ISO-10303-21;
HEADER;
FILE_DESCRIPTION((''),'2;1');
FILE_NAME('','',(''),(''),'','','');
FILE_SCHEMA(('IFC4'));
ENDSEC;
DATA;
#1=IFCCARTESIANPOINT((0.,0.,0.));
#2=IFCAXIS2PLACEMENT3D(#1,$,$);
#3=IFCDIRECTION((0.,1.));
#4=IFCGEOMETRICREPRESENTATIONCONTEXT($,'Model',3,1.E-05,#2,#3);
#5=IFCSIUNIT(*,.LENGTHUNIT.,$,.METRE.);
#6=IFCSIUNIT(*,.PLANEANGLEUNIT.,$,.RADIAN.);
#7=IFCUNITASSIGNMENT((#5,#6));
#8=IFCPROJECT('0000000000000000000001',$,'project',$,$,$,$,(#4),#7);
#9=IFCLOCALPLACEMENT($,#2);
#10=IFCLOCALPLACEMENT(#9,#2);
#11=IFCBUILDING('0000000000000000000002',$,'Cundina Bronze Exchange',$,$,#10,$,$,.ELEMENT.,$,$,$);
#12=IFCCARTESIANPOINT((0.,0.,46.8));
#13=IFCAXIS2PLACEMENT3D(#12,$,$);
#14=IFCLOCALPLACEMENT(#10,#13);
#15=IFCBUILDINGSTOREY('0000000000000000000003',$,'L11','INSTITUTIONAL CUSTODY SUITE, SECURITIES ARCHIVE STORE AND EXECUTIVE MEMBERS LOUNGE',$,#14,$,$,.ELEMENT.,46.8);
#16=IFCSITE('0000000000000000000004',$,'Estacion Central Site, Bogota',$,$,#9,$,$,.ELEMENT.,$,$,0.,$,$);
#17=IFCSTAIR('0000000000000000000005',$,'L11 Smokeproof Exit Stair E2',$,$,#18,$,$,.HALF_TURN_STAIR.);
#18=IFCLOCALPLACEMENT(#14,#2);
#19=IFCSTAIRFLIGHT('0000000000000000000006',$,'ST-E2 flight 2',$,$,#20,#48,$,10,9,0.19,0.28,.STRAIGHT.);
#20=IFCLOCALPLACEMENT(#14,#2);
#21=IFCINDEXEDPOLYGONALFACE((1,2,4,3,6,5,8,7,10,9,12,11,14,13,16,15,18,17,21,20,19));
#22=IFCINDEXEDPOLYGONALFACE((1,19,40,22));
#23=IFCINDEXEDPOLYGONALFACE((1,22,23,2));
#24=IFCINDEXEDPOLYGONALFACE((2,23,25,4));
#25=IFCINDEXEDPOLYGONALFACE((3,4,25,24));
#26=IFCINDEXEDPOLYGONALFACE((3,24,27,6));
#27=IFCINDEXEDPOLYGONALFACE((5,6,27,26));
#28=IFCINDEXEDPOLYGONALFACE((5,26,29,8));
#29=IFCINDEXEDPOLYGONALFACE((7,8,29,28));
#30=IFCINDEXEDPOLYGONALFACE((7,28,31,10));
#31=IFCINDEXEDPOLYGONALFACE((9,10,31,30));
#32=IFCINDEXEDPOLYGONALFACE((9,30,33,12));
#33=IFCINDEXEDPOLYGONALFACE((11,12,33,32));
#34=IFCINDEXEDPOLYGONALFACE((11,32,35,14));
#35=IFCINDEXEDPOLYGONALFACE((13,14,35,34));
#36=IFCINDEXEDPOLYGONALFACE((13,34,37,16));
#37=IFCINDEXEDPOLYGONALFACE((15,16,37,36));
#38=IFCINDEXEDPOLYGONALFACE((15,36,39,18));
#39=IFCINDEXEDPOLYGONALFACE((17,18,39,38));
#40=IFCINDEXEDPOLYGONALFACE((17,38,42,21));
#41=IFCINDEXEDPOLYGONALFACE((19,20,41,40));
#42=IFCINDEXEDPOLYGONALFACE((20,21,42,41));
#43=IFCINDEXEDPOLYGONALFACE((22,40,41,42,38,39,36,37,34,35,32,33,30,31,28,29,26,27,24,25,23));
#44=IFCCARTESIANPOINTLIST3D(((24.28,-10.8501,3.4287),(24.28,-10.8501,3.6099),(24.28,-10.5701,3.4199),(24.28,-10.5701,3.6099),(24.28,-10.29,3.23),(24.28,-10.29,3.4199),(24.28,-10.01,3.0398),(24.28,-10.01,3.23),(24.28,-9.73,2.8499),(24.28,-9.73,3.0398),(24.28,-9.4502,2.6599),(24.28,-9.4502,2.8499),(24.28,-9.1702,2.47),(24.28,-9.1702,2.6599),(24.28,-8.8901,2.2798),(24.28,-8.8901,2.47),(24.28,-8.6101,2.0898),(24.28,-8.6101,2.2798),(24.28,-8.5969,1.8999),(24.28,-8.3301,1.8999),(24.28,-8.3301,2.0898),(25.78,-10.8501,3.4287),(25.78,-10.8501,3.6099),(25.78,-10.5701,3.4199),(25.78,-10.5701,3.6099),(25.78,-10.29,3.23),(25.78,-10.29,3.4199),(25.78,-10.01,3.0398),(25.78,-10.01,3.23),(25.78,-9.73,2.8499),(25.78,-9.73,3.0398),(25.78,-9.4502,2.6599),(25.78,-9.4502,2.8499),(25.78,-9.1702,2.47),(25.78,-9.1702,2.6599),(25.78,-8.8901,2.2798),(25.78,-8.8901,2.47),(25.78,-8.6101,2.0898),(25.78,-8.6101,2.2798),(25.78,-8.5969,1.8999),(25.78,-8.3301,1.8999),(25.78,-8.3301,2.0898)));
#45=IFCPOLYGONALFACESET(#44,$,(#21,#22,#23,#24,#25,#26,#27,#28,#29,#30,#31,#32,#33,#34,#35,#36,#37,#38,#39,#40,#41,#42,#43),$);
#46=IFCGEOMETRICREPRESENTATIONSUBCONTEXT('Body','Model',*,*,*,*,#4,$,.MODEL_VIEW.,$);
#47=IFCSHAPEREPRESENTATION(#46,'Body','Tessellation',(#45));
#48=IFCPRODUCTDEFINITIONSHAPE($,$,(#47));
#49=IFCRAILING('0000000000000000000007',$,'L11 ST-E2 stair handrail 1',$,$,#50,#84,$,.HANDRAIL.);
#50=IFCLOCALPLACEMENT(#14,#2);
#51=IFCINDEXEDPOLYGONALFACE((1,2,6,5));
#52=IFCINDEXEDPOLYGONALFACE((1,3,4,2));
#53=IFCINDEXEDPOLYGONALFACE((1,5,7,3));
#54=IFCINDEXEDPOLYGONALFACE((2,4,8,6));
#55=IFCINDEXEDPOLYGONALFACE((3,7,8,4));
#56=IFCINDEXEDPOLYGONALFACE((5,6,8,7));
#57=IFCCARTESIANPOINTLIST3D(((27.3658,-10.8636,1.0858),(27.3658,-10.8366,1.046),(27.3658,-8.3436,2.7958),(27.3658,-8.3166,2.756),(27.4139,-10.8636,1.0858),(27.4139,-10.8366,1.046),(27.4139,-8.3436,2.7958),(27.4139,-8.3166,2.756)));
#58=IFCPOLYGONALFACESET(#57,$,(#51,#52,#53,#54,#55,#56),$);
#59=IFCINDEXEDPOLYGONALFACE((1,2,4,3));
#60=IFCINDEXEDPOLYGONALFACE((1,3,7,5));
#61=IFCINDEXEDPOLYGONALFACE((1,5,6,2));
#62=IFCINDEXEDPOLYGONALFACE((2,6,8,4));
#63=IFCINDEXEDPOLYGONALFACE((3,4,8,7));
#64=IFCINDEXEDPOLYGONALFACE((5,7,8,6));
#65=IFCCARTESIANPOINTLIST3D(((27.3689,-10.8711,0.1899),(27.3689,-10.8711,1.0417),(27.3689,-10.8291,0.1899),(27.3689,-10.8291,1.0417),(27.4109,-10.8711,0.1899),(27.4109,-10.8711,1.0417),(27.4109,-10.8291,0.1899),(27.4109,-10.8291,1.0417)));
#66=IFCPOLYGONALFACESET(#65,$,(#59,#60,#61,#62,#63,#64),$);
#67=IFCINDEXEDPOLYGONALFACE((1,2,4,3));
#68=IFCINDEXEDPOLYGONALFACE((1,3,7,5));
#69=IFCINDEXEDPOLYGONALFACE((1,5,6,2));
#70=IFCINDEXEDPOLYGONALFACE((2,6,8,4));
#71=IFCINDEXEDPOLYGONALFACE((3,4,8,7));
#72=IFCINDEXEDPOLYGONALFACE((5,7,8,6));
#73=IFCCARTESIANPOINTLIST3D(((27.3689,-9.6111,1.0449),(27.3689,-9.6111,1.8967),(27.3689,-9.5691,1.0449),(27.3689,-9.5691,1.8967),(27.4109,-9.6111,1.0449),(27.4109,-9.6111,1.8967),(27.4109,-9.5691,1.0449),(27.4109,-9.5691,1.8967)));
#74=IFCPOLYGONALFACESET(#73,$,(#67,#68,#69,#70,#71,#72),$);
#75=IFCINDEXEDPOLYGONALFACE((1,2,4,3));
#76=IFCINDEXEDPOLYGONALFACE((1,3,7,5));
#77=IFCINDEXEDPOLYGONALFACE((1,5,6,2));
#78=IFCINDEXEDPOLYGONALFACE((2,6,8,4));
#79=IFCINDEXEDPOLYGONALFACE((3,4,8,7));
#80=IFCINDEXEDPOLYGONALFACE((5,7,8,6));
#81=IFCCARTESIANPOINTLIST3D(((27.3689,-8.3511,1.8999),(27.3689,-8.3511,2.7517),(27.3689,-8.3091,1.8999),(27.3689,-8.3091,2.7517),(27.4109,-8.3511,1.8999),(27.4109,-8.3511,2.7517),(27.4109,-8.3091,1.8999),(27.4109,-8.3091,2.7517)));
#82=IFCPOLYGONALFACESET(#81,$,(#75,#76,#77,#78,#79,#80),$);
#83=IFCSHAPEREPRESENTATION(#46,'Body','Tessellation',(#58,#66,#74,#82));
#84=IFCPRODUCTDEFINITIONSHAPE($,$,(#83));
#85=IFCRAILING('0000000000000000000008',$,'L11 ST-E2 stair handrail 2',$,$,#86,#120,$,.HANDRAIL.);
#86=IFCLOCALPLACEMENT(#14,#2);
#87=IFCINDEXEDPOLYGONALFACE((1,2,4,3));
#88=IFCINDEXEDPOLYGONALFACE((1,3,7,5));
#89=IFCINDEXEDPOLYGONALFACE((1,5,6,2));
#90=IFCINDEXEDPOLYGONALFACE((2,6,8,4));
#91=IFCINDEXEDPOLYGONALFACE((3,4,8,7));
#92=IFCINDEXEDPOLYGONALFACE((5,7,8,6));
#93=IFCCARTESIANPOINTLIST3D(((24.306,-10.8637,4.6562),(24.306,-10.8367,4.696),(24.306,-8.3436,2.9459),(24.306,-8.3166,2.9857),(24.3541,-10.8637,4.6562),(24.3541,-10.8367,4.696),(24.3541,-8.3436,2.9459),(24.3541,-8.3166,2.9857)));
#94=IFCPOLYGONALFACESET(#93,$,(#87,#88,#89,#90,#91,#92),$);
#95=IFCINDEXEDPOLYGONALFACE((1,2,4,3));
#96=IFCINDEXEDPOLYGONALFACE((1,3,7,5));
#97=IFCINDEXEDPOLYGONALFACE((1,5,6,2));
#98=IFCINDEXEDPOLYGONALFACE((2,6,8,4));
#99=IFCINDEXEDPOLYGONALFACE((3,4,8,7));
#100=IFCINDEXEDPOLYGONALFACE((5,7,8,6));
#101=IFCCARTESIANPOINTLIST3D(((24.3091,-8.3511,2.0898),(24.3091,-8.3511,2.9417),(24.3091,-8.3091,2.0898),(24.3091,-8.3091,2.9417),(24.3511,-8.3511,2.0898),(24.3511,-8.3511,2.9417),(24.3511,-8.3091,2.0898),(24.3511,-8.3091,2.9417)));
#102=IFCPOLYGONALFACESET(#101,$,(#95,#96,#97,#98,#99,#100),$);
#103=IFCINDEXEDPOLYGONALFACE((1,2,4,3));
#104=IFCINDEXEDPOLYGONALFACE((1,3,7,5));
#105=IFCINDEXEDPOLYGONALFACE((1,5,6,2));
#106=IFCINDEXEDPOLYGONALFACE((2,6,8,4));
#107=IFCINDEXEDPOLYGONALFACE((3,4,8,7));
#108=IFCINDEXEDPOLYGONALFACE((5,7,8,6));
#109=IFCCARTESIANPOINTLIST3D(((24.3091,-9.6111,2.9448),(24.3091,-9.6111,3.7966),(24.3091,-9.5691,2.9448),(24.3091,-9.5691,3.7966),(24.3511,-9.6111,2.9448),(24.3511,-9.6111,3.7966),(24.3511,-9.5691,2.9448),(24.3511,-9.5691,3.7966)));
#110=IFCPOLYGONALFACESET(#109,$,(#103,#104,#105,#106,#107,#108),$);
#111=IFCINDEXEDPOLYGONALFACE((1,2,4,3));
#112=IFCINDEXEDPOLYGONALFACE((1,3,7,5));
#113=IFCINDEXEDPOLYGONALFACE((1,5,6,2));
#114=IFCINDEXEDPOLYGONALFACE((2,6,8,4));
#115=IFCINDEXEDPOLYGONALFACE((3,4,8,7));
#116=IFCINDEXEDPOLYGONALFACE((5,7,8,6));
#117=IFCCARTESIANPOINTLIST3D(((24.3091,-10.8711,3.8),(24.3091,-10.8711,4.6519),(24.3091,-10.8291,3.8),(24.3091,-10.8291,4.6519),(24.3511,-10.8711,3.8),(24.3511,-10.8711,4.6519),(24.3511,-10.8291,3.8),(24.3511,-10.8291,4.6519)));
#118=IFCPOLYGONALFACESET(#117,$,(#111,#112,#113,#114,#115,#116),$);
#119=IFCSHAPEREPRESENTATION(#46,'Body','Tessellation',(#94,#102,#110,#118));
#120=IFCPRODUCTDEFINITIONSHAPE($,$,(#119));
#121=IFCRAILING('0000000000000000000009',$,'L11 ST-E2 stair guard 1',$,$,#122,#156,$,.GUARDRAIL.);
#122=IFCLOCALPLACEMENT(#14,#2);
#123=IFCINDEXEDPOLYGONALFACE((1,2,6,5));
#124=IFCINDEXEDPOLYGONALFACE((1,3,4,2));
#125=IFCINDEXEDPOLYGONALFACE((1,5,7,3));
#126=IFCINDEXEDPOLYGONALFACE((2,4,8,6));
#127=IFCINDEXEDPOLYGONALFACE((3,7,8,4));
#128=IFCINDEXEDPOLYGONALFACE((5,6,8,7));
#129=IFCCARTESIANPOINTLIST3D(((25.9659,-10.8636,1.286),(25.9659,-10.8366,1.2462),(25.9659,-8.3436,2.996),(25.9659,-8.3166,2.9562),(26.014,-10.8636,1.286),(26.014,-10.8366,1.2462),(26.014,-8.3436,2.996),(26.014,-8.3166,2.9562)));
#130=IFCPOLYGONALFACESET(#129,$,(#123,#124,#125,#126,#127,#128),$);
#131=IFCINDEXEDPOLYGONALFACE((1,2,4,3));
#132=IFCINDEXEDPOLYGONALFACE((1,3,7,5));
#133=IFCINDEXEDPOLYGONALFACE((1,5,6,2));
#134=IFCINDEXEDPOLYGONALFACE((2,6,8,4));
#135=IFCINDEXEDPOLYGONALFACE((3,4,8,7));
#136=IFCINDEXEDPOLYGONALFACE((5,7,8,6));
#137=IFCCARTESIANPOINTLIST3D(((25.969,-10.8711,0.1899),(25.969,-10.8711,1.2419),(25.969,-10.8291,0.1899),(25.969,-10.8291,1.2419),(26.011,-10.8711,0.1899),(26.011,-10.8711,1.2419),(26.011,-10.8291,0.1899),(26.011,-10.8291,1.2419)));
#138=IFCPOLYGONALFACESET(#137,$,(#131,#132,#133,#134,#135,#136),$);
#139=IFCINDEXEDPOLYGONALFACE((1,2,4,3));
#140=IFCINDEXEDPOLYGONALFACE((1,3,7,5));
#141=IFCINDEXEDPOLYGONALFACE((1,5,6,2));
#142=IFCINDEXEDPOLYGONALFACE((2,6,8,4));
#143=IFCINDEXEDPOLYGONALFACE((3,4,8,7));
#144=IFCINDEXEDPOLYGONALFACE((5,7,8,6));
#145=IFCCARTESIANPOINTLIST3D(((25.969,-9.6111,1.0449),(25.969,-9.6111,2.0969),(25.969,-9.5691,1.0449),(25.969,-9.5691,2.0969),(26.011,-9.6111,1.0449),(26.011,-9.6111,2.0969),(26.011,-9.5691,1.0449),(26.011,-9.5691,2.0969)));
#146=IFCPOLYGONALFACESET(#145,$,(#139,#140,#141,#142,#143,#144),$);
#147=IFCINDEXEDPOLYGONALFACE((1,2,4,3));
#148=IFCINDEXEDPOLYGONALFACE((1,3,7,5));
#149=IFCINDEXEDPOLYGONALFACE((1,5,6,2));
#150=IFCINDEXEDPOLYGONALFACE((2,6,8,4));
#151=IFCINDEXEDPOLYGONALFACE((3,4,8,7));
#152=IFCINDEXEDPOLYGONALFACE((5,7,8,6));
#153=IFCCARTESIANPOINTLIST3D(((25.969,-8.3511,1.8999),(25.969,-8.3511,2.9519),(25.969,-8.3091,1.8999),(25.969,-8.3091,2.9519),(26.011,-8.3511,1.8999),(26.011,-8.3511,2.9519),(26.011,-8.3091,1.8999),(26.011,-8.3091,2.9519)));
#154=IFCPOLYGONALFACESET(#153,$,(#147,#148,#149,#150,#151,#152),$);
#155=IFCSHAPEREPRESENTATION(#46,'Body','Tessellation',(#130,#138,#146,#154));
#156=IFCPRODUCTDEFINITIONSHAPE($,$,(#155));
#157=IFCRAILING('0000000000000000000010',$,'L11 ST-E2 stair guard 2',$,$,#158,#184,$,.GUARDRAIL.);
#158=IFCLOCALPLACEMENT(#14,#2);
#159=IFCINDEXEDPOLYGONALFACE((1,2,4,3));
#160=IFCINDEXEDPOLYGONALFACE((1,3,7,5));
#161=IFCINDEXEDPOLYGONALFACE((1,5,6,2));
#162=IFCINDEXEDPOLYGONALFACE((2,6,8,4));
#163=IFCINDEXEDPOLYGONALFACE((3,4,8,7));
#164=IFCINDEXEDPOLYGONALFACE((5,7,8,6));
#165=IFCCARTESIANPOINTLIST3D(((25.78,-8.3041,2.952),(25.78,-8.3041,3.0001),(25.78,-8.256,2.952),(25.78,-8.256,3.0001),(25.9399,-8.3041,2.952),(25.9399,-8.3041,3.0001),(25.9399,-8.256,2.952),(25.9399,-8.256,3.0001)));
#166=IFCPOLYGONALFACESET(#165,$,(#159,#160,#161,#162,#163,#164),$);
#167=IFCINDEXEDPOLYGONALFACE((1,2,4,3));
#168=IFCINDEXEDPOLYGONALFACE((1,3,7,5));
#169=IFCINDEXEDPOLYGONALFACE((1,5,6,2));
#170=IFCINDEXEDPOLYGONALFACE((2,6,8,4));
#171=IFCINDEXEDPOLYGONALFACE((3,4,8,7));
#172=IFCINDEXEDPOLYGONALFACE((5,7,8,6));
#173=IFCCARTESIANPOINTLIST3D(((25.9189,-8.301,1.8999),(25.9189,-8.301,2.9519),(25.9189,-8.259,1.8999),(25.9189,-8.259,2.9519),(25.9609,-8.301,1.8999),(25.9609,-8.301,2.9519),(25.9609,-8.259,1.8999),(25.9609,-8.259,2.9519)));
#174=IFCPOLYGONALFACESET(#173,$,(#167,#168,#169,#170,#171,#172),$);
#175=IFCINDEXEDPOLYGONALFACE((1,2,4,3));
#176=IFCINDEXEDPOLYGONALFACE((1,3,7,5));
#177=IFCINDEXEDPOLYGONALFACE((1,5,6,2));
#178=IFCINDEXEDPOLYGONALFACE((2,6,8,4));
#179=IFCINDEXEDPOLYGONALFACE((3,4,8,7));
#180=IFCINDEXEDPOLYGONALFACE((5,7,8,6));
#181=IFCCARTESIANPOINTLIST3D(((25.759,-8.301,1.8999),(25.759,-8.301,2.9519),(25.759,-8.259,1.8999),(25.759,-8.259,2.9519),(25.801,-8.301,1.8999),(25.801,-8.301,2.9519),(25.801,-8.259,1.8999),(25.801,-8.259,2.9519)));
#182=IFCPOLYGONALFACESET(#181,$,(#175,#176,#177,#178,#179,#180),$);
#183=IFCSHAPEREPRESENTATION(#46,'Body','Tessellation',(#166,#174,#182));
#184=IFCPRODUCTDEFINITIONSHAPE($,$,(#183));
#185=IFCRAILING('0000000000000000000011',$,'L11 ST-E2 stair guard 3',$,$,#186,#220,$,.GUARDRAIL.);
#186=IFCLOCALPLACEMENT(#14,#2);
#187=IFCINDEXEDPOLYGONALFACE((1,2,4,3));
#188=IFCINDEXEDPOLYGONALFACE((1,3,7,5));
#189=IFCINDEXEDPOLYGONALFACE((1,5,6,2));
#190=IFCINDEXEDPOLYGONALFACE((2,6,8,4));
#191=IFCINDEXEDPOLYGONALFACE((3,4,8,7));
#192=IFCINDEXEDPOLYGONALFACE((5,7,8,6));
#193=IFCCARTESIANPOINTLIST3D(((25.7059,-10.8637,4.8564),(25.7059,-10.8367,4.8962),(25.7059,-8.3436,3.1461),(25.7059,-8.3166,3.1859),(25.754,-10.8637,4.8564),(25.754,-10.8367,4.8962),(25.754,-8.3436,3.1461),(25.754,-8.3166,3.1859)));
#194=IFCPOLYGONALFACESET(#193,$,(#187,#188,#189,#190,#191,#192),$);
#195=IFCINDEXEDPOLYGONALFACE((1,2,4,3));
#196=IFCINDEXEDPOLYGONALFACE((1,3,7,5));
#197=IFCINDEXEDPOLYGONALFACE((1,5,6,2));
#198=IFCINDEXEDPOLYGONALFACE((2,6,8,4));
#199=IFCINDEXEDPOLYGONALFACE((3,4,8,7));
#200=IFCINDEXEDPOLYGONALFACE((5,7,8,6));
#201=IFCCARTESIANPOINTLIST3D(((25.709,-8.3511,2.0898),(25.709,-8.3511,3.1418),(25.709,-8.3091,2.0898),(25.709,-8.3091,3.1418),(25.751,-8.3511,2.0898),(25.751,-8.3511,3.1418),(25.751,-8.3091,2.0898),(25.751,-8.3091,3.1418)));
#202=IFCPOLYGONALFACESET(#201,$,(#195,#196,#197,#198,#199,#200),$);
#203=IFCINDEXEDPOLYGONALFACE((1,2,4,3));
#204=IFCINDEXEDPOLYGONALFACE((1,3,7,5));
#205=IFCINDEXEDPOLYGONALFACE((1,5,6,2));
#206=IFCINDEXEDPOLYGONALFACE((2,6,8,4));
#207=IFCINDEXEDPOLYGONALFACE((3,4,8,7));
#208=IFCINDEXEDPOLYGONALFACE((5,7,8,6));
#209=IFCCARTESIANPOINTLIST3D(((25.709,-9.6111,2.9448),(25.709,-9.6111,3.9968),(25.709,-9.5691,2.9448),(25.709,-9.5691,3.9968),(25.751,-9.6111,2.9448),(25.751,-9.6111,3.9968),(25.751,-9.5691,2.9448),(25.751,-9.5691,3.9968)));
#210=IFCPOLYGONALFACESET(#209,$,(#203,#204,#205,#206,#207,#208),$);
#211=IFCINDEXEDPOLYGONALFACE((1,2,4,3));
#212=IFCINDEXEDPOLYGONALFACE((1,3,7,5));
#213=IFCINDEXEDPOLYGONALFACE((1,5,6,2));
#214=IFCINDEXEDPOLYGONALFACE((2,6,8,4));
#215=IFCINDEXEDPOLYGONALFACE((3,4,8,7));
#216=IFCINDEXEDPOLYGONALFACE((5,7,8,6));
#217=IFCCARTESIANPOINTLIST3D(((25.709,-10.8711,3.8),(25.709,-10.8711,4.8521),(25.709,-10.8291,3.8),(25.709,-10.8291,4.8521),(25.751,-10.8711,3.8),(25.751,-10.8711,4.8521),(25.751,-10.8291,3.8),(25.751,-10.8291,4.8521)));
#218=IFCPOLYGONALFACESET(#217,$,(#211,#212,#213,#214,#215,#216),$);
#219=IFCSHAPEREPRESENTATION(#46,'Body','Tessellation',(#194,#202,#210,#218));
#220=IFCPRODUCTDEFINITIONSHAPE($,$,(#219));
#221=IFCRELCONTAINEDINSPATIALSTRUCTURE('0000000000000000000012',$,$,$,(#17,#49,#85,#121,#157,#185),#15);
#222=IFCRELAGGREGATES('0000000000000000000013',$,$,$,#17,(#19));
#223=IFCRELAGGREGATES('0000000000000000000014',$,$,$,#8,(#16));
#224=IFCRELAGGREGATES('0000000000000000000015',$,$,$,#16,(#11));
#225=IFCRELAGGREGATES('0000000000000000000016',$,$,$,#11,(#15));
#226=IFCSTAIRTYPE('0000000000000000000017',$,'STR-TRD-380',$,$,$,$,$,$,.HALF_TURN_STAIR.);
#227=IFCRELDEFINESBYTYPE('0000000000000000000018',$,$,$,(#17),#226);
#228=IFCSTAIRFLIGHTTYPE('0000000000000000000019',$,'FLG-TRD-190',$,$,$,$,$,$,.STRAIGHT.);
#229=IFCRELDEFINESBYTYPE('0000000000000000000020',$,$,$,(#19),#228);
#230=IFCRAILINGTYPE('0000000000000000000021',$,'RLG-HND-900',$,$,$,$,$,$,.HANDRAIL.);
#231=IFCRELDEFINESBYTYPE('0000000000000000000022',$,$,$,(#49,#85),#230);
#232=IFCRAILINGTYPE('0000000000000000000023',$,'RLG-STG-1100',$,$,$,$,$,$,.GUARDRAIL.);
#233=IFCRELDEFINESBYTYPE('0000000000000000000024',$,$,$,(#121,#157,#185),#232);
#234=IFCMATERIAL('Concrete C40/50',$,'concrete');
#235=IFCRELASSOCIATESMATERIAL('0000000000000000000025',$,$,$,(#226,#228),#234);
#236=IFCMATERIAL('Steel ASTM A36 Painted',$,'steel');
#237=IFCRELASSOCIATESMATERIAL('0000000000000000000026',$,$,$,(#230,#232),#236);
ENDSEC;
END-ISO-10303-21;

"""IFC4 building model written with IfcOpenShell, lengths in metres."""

from ifc_helpers import new_model, si_unit, direction, frame, origin, origin_2d, place, context, subcontext, project, spatial, polyline, rectangle, outline, extrude, material, type_object, element, aggregate, save


model = new_model("IFC4")

# Units and contexts
model_context = context("Model", 3, precision=1e-05, world=origin(), true_north=direction((0.0, 1.0)))
body_context = subcontext(model_context, "Body", "Model", "MODEL_VIEW")
ifc_project = project(units=[si_unit("LENGTHUNIT", "METRE"), si_unit("PLANEANGLEUNIT", "RADIAN")], contexts=[model_context])

# Site, building, storey
site_placement = place(None, origin())
site = spatial("IfcSite", under=ifc_project, at=site_placement, Name="Estacion Central Site, Bogota", CompositionType="ELEMENT", RefElevation=0.0)
building_placement = place(site_placement, origin())
building = spatial("IfcBuilding", under=site, at=building_placement, Name="Cundina Bronze Exchange", CompositionType="ELEMENT")
storey_placement = place(building_placement, frame((0.0, 0.0, 46.8)))
storey = spatial("IfcBuildingStorey", under=building, at=storey_placement, Name="L11", Description="INSTITUTIONAL CUSTODY SUITE, SECURITIES ARCHIVE STORE AND EXECUTIVE MEMBERS LOUNGE", CompositionType="ELEMENT", Elevation=46.8)

# Shared definitions
ifc_material_1 = material(Name="Steel ASTM A36 Painted", Category="steel")

# Stair, stair flight
ifc_material_2 = material(Name="Concrete C40/50", Category="concrete")
stair_type = type_object("IfcStairType", Name="STR-TRD-380", PredefinedType="HALF_TURN_STAIR", material=ifc_material_2)
stair_placement = place(storey_placement, origin())
stair = element("IfcStair", 1, at=stair_placement, inside=storey, type_object=stair_type, Name="L11 Smokeproof Exit Stair E2", PredefinedType="HALF_TURN_STAIR")
stair_flight_type = type_object("IfcStairFlightType", Name="FLG-TRD-190", PredefinedType="STRAIGHT", material=ifc_material_2)
stair_flight_1_placement = place(storey_placement, frame((25.03, -8.3301, 1.8999), z_axis=(0.0, 0.0, 1.0), x_axis=(0.0, -1.0, 0.0)))
stair_flight_1 = element("IfcStairFlight", 2, at=stair_flight_1_placement, type_object=stair_flight_type, Name="ST-E2 flight 2", NumberOfRisers=10, NumberOfTreads=9, PredefinedType="STRAIGHT", RiserHeight=0.19, TreadLength=0.28, context=body_context, shape_type="SweptSolid", body=[
    extrude(outline(polyline([(0.0, 0.0), (0.0, 0.1899), (0.28, 0.1899), (0.28, 0.3799), (0.5601, 0.3799), (0.5601, 0.5701), (0.8401, 0.5701), (0.8401, 0.76), (1.1201, 0.76), (1.1201, 0.95), (1.3999, 0.95), (1.3999, 1.1399), (1.6799, 1.1399), (1.6799, 1.3301), (1.96, 1.3301), (1.96, 1.52), (2.24, 1.52), (2.24, 1.71), (2.52, 1.71), (2.52, 1.8999), (2.52, 1.5288), (0.2668, 0.0), (0.0, 0.0)])), frame((0.0, 0.75, 0.0), z_axis=(0.0, -1.0, 0.0), x_axis=(1.0, 0.0, 0.0)), (0.0, 0.0, 1.0), 1.5),
])
aggregate(stair, [stair_flight_1])

# Railings
railing_type_1 = type_object("IfcRailingType", Name="RLG-HND-900", PredefinedType="HANDRAIL", material=ifc_material_1)
railing_1_placement = place(storey_placement, frame((27.3899, -10.8501, 0.1899)))
element("IfcRailing", 3, at=railing_1_placement, inside=storey, type_object=railing_type_1, Name="L11 ST-E2 stair handrail 1", PredefinedType="HANDRAIL", context=body_context, shape_type="SweptSolid", body=[
    extrude(rectangle(XDim=0.0481, YDim=0.0481, at=origin_2d()), frame((0.0, 0.0, 0.876), z_axis=(0.0, 0.827484, 0.56149), x_axis=(-1.0, 0.0, 0.0)), (0.0, 0.0, 1.0), 3.0454),
    extrude(rectangle(XDim=0.042, YDim=0.042, at=origin_2d()), origin(), (0.0, 0.0, 1.0), 0.8518),
    extrude(rectangle(XDim=0.042, YDim=0.042, at=origin_2d()), frame((0.0, 1.26, 0.855)), (0.0, 0.0, 1.0), 0.8518),
    extrude(rectangle(XDim=0.042, YDim=0.042, at=origin_2d()), frame((0.0, 2.52, 1.71)), (0.0, 0.0, 1.0), 0.8518),
])
railing_2_placement = place(storey_placement, frame((24.3301, -8.3301, 2.0898)))
element("IfcRailing", 4, at=railing_2_placement, inside=storey, type_object=railing_type_1, Name="L11 ST-E2 stair handrail 2", PredefinedType="HANDRAIL", context=body_context, shape_type="SweptSolid", body=[
    extrude(rectangle(XDim=0.0481, YDim=0.0481, at=origin_2d()), frame((0.0, 0.0, 0.876), z_axis=(0.0, -0.827447, 0.561545), x_axis=(1.0, 0.0, 0.0)), (0.0, 0.0, 1.0), 3.0457),
    extrude(rectangle(XDim=0.042, YDim=0.042, at=origin_2d()), origin(), (0.0, 0.0, 1.0), 0.8518),
    extrude(rectangle(XDim=0.042, YDim=0.042, at=origin_2d()), frame((0.0, -1.26, 0.855)), (0.0, 0.0, 1.0), 0.8518),
    extrude(rectangle(XDim=0.042, YDim=0.042, at=origin_2d()), frame((0.0, -2.52, 1.7102)), (0.0, 0.0, 1.0), 0.8518),
])
railing_type_2 = type_object("IfcRailingType", Name="RLG-STG-1100", PredefinedType="GUARDRAIL", material=ifc_material_1)
railing_3_placement = place(storey_placement, frame((25.99, -10.8501, 0.1899)))
element("IfcRailing", 5, at=railing_3_placement, inside=storey, type_object=railing_type_2, Name="L11 ST-E2 stair guard 1", PredefinedType="GUARDRAIL", context=body_context, shape_type="SweptSolid", body=[
    extrude(rectangle(XDim=0.0481, YDim=0.0481, at=origin_2d()), frame((0.0, 0.0, 1.0762), z_axis=(0.0, 0.827484, 0.56149), x_axis=(-1.0, 0.0, 0.0)), (0.0, 0.0, 1.0), 3.0454),
    extrude(rectangle(XDim=0.042, YDim=0.042, at=origin_2d()), origin(), (0.0, 0.0, 1.0), 1.052),
    extrude(rectangle(XDim=0.042, YDim=0.042, at=origin_2d()), frame((0.0, 1.26, 0.855)), (0.0, 0.0, 1.0), 1.052),
    extrude(rectangle(XDim=0.042, YDim=0.042, at=origin_2d()), frame((0.0, 2.52, 1.71)), (0.0, 0.0, 1.0), 1.052),
])
railing_4_placement = place(storey_placement, frame((25.9399, -8.28, 1.8999)))
element("IfcRailing", 6, at=railing_4_placement, inside=storey, type_object=railing_type_2, Name="L11 ST-E2 stair guard 2", PredefinedType="GUARDRAIL", context=body_context, shape_type="SweptSolid", body=[
    extrude(rectangle(XDim=0.0481, YDim=0.0481, at=origin_2d()), frame((0.0, 0.0, 1.0762), z_axis=(-1.0, 0.0, 0.0), x_axis=(0.0, -1.0, 0.0)), (0.0, 0.0, 1.0), 0.1599),
    extrude(rectangle(XDim=0.042, YDim=0.042, at=origin_2d()), origin(), (0.0, 0.0, 1.0), 1.052),
    extrude(rectangle(XDim=0.042, YDim=0.042, at=origin_2d()), frame((-0.1599, 0.0, 0.0)), (0.0, 0.0, 1.0), 1.052),
])
railing_5_placement = place(storey_placement, frame((25.73, -8.3301, 2.0898)))
element("IfcRailing", 7, at=railing_5_placement, inside=storey, type_object=railing_type_2, Name="L11 ST-E2 stair guard 3", PredefinedType="GUARDRAIL", context=body_context, shape_type="SweptSolid", body=[
    extrude(rectangle(XDim=0.0481, YDim=0.0481, at=origin_2d()), frame((0.0, 0.0, 1.0762), z_axis=(0.0, -0.827447, 0.561545), x_axis=(1.0, 0.0, 0.0)), (0.0, 0.0, 1.0), 3.0457),
    extrude(rectangle(XDim=0.042, YDim=0.042, at=origin_2d()), origin(), (0.0, 0.0, 1.0), 1.052),
    extrude(rectangle(XDim=0.042, YDim=0.042, at=origin_2d()), frame((0.0, -1.26, 0.855)), (0.0, 0.0, 1.0), 1.052),
    extrude(rectangle(XDim=0.042, YDim=0.042, at=origin_2d()), frame((0.0, -2.52, 1.7102)), (0.0, 0.0, 1.0), 1.052),
])

save(model, "model.ifc")
